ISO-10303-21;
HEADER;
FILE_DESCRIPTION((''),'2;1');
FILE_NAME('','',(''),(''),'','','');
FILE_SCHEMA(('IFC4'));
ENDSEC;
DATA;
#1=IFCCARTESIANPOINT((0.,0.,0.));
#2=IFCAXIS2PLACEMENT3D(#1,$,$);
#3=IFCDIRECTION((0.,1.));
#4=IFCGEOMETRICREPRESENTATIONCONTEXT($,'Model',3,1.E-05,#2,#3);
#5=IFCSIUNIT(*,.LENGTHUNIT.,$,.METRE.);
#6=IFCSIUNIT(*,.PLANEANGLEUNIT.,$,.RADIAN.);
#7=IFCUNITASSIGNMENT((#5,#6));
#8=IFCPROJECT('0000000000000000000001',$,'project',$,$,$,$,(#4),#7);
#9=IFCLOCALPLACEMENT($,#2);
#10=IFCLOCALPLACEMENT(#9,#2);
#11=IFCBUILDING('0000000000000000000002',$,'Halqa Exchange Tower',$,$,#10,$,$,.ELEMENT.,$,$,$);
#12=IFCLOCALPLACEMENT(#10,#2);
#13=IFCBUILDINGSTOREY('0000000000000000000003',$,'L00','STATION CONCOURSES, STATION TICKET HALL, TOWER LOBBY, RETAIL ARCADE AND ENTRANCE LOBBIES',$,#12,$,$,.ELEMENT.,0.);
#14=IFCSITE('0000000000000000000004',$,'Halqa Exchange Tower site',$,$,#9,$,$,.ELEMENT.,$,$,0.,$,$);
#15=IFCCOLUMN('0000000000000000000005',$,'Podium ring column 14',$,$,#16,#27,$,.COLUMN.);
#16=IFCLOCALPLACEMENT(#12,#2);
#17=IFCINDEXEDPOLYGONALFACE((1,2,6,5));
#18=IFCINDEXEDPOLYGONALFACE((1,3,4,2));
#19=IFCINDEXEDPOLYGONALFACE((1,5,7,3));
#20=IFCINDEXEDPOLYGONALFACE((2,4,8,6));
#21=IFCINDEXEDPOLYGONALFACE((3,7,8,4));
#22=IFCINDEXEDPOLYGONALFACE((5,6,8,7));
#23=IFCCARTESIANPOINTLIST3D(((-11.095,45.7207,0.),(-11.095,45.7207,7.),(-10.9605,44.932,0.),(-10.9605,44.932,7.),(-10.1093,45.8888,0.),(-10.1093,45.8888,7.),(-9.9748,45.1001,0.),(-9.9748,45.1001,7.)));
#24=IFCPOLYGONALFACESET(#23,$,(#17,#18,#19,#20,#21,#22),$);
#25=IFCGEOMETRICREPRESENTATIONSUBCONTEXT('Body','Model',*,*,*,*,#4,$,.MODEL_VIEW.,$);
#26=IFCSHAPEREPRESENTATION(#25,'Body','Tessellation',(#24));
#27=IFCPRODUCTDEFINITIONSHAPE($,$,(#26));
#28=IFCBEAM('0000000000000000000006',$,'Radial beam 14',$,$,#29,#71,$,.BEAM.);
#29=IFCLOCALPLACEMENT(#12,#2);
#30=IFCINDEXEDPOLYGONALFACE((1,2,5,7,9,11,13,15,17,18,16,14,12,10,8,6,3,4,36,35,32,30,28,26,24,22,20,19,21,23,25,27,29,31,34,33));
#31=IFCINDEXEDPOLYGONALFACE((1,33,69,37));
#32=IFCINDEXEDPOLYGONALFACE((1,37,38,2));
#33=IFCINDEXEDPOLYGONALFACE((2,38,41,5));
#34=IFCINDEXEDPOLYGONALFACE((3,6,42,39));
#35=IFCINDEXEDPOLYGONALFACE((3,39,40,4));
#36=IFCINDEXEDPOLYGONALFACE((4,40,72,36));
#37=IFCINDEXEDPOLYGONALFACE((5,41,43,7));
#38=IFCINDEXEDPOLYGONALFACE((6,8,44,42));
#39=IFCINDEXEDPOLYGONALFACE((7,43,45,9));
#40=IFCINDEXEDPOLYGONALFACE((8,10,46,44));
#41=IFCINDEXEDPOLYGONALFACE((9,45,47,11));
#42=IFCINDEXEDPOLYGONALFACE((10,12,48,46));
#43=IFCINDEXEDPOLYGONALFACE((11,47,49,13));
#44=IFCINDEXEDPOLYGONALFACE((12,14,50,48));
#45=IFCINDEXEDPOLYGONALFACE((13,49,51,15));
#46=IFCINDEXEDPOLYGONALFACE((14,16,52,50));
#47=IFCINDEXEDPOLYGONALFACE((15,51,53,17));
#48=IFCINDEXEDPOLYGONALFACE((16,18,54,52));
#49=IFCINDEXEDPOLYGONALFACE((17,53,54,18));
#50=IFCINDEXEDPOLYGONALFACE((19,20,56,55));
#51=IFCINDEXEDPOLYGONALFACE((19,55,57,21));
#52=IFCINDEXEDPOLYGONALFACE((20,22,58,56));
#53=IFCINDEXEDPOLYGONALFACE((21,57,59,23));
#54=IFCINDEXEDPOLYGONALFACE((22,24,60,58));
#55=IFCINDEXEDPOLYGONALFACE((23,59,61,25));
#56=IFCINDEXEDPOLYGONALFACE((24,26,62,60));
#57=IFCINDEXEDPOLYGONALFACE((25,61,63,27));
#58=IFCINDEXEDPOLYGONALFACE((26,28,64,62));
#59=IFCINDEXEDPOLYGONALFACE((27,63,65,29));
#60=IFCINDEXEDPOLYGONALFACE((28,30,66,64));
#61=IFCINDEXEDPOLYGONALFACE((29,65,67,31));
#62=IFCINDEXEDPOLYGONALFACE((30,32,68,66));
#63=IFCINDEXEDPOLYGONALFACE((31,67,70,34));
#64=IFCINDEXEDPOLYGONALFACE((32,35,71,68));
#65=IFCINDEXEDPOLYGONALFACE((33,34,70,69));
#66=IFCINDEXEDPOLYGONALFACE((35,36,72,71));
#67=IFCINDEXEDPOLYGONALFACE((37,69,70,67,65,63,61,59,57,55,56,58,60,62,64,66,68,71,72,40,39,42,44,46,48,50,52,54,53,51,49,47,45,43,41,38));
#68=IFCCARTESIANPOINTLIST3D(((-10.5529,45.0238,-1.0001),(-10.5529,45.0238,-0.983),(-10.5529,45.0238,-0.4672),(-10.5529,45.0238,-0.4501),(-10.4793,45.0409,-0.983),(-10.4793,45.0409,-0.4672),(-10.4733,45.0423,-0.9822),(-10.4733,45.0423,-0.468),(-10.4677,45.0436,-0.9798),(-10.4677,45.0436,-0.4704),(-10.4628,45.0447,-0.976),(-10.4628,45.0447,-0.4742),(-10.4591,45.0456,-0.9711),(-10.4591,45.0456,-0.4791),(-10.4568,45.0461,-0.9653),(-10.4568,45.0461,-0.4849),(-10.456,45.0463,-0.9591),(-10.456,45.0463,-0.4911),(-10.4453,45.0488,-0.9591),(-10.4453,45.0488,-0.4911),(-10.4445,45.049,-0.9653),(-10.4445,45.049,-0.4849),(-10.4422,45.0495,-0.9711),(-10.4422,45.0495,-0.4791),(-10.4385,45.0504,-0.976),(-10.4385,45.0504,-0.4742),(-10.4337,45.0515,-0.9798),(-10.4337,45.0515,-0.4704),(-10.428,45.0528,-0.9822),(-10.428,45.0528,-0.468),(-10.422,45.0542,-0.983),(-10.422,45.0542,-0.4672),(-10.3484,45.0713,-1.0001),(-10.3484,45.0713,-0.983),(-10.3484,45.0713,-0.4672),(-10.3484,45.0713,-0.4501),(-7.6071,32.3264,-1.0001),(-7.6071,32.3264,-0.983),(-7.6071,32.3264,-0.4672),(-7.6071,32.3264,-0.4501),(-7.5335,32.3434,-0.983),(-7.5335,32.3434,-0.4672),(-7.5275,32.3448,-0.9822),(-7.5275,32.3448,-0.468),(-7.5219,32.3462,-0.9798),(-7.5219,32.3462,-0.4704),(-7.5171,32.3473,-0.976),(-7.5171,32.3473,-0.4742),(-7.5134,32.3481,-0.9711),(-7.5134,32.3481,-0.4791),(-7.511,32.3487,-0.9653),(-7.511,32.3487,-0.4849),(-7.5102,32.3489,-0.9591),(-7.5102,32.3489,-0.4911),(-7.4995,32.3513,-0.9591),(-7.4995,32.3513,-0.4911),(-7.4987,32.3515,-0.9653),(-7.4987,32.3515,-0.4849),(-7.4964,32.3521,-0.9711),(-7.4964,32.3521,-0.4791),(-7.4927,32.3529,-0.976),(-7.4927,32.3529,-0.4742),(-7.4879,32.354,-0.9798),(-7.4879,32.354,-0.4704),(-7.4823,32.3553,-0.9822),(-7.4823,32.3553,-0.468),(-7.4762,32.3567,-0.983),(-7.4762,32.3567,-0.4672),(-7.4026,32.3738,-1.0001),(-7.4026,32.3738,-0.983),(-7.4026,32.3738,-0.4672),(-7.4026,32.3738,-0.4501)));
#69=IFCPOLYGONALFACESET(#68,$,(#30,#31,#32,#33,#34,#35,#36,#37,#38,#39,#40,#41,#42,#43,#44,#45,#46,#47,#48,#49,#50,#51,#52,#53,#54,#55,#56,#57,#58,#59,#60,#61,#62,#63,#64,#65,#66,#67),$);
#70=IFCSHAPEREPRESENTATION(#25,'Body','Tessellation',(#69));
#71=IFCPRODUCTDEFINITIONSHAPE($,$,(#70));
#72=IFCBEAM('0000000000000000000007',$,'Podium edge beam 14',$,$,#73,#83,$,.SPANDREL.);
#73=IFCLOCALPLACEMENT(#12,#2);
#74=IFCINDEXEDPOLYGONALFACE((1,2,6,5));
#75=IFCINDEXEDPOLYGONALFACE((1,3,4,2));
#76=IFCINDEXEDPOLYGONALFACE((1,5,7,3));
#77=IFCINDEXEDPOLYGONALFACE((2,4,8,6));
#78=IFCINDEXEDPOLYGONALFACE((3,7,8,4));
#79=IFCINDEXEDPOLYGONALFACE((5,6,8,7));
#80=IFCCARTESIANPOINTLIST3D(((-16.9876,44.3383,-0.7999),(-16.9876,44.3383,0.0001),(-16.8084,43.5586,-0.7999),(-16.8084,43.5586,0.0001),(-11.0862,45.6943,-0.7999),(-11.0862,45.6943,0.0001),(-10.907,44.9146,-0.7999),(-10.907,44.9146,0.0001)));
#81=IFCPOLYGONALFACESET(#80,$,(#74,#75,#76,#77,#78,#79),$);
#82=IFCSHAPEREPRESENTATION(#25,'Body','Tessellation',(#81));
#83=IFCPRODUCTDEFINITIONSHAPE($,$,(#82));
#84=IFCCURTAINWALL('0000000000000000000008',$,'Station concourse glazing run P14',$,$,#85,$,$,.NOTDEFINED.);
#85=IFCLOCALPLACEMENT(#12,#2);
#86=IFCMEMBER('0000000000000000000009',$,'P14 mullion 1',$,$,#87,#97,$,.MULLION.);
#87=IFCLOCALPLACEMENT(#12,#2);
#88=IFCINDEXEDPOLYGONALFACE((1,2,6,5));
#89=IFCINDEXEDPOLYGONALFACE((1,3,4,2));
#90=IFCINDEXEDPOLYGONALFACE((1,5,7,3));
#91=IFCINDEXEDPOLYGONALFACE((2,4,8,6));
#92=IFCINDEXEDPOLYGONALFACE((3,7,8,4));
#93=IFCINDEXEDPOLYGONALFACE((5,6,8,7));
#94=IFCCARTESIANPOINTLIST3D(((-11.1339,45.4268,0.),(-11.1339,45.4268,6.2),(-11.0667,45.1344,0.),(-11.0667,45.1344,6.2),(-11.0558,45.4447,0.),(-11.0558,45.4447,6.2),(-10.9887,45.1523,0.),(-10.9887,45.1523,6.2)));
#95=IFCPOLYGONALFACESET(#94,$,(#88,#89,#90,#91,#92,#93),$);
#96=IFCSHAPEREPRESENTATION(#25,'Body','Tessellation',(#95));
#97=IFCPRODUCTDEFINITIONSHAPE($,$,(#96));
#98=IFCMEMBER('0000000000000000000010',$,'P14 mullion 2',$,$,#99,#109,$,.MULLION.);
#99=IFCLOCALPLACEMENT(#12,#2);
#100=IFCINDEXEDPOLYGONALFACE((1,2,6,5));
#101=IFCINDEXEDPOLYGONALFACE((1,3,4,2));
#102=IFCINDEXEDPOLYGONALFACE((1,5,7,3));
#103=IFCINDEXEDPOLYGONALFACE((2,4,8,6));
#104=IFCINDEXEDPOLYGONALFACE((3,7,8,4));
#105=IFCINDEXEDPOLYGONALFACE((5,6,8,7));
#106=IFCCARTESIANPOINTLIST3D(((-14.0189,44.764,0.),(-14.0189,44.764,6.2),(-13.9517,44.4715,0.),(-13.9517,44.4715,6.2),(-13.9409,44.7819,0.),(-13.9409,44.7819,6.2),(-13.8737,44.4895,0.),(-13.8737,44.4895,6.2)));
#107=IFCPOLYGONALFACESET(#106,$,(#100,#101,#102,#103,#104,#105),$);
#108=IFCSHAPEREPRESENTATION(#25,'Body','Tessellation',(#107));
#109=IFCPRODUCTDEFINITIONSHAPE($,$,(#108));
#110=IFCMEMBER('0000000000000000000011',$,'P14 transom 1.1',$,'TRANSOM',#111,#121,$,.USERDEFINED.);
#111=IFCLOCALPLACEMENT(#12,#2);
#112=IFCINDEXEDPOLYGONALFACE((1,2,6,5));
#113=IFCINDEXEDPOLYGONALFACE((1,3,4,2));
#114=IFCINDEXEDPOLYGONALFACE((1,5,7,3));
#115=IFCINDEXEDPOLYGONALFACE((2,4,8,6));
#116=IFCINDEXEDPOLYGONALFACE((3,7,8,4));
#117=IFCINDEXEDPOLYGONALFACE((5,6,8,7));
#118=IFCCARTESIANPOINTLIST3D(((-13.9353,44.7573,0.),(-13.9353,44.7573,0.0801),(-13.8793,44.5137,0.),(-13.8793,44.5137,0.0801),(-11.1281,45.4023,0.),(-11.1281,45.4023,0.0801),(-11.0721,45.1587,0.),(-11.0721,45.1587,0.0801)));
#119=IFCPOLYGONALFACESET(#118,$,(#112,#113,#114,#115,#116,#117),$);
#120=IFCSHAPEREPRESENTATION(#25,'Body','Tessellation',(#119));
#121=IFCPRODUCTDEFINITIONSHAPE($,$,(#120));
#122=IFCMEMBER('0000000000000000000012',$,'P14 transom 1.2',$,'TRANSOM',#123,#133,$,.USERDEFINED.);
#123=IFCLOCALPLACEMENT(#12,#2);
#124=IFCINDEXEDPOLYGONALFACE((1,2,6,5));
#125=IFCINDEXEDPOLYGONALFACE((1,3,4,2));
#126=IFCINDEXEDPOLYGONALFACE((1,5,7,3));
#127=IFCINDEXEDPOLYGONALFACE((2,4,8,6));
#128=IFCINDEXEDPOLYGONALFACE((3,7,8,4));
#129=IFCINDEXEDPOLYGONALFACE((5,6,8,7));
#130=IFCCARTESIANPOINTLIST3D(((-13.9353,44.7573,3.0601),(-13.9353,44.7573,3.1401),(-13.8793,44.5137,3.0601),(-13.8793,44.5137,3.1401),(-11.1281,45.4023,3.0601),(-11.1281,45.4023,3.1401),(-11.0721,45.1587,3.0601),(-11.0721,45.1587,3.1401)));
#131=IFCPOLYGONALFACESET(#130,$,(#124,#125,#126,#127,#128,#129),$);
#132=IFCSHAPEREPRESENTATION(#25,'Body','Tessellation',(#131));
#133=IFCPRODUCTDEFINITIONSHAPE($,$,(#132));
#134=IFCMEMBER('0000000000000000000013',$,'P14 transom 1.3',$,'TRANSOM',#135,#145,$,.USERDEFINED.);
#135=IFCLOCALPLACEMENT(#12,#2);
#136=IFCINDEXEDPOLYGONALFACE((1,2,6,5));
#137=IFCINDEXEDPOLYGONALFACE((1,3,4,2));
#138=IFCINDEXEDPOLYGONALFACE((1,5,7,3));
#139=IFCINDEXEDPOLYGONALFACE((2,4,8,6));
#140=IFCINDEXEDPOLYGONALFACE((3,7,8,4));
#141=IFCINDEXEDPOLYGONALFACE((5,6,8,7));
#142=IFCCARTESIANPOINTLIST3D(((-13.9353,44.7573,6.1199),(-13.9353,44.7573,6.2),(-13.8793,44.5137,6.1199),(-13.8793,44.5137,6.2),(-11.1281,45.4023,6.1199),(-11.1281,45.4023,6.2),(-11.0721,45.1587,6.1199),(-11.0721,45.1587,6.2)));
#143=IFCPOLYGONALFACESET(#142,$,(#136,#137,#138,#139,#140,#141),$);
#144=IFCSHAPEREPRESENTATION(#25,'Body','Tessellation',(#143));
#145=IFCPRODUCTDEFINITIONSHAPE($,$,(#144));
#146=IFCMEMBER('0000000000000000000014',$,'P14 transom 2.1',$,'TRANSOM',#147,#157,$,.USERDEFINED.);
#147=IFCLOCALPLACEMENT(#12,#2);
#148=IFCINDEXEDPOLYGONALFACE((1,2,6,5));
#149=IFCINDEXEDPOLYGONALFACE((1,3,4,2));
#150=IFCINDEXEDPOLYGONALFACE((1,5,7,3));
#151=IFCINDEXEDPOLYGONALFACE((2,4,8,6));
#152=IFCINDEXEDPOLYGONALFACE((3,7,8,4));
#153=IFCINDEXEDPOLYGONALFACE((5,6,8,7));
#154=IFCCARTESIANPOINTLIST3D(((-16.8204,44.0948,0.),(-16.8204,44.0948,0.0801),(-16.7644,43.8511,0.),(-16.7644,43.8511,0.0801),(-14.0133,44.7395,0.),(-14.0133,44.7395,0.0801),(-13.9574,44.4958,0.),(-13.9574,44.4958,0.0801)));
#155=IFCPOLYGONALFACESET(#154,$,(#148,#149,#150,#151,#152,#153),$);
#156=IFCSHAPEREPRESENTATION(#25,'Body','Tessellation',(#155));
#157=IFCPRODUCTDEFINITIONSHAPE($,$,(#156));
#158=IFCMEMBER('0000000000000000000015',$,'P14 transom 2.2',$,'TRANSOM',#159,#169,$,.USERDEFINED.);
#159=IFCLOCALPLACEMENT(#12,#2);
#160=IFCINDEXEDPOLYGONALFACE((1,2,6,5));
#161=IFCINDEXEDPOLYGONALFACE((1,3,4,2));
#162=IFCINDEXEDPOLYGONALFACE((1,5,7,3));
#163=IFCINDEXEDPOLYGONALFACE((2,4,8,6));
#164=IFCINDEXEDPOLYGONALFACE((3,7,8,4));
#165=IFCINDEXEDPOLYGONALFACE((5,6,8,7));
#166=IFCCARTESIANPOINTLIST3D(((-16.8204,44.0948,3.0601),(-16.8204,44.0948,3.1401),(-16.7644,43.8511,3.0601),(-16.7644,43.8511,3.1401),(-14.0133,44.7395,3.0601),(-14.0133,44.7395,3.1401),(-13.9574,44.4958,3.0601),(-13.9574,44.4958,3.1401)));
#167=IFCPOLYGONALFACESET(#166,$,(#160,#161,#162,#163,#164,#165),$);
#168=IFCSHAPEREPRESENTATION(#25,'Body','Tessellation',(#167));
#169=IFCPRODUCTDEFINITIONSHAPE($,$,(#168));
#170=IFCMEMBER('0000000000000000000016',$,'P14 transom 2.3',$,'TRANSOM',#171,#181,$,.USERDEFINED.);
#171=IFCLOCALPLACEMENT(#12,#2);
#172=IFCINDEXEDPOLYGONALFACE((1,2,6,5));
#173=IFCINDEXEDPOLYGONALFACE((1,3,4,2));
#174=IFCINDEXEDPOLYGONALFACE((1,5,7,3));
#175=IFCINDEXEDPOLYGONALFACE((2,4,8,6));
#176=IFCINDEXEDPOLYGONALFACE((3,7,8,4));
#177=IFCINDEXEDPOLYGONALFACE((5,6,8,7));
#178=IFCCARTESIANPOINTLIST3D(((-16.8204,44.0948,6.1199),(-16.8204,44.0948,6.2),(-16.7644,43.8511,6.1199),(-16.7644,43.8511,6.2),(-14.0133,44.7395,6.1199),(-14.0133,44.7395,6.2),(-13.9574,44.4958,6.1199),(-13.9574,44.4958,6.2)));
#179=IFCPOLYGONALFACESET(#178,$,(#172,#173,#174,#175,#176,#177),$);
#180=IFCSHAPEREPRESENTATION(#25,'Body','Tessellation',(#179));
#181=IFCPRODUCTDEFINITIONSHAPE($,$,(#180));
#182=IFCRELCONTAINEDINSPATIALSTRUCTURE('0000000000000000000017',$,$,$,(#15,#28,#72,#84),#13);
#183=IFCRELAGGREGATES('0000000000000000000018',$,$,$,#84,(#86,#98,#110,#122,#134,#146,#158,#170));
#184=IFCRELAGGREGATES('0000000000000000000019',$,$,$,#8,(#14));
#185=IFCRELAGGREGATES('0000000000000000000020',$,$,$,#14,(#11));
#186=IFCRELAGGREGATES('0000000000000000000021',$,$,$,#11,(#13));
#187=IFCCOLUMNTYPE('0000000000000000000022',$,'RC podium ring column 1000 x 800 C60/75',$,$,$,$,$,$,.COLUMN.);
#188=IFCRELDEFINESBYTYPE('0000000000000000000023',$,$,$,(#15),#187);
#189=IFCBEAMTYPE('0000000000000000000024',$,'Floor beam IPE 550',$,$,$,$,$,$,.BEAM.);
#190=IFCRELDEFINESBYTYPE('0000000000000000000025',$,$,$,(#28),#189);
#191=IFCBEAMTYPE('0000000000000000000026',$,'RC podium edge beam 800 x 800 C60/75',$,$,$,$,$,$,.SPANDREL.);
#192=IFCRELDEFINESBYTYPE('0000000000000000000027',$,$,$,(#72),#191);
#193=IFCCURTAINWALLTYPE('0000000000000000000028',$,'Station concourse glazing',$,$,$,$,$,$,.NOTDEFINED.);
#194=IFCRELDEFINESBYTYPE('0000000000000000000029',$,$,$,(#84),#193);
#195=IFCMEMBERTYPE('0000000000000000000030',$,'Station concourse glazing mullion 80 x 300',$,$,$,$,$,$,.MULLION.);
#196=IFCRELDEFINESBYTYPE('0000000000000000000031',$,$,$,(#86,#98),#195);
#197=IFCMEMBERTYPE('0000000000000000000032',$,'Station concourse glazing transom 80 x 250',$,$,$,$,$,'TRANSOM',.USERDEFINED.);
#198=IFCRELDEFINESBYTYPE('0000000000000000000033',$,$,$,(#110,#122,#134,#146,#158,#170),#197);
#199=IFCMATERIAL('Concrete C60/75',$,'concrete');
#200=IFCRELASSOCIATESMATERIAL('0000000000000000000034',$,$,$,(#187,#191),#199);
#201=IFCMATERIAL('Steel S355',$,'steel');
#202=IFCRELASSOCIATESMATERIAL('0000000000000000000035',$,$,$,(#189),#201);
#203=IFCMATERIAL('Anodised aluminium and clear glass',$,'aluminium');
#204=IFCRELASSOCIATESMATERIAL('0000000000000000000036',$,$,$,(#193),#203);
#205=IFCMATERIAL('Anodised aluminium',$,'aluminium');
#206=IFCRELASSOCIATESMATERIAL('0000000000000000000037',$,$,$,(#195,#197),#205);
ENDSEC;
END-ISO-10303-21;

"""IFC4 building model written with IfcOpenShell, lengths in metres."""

from ifc_helpers import new_model, si_unit, direction, frame, origin, origin_2d, place, context, subcontext, project, spatial, rectangle, i_section, extrude, material, material_profile, profile_set, type_object, element, aggregate, save


model = new_model("IFC4")

# Units and contexts
model_context = context("Model", 3, precision=1e-05, world=origin(), true_north=direction((0.0, 1.0)))
body_context = subcontext(model_context, "Body", "Model", "MODEL_VIEW")
ifc_project = project(units=[si_unit("LENGTHUNIT", "METRE"), si_unit("PLANEANGLEUNIT", "RADIAN")], contexts=[model_context])

# Site, building, storey
site_placement = place(None, origin())
site = spatial("IfcSite", under=ifc_project, at=site_placement, Name="Halqa Exchange Tower site", CompositionType="ELEMENT", RefElevation=0.0)
building_placement = place(site_placement, origin())
building = spatial("IfcBuilding", under=site, at=building_placement, Name="Halqa Exchange Tower", CompositionType="ELEMENT")
storey_placement = place(building_placement, origin())
storey = spatial("IfcBuildingStorey", under=building, at=storey_placement, Name="L00", Description="STATION CONCOURSES, STATION TICKET HALL, TOWER LOBBY, RETAIL ARCADE AND ENTRANCE LOBBIES", CompositionType="ELEMENT", Elevation=0.0)

# Column
ifc_material_1 = material(Name="Concrete C60/75", Category="concrete")
ifc_material_profile_1 = material_profile(ifc_material_1, rectangle(XDim=1.0, YDim=0.8, at=origin_2d()), Name="1000 x 800")
ifc_profile_set_1 = profile_set([ifc_material_profile_1], Name="Concrete C60/75")
column_type = type_object("IfcColumnType", Name="RC podium ring column 1000 x 800 C60/75", PredefinedType="COLUMN", material=ifc_profile_set_1)
column_placement = place(storey_placement, frame((-10.5349, 45.4104, 0.0), z_axis=(0.0, 0.0, 1.0), x_axis=(-0.985766, -0.168121, 0.0)))
element("IfcColumn", 1, at=column_placement, inside=storey, type_object=column_type, Name="Podium ring column 14", PredefinedType="COLUMN", context=body_context, shape_type="SweptSolid", body=[
    extrude(rectangle(XDim=1.0, YDim=0.8, at=origin_2d()), origin(), (0.0, 0.0, 1.0), 7.0),
])

# Beams
ifc_material_2 = material(Name="Steel S355", Category="steel")
ifc_material_profile_2 = material_profile(ifc_material_2, i_section(OverallWidth=0.21, OverallDepth=0.55, WebThickness=0.011, FlangeThickness=0.0171, FilletRadius=0.0239, at=origin_2d()), Name="IPE 550")
ifc_profile_set_2 = profile_set([ifc_material_profile_2], Name="Steel S355")
beam_type_1 = type_object("IfcBeamType", Name="Floor beam IPE 550", PredefinedType="BEAM", material=ifc_profile_set_2)
beam_1_placement = place(storey_placement, frame((-7.5049, 32.3501, -0.7251), z_axis=(-0.225996, 0.974128, 0.0), x_axis=(-0.974128, -0.225996, 0.0)))
element("IfcBeam", 2, at=beam_1_placement, inside=storey, type_object=beam_type_1, Name="Radial beam 14", PredefinedType="BEAM", context=body_context, shape_type="SweptSolid", body=[
    extrude(i_section(OverallWidth=0.21, OverallDepth=0.55, WebThickness=0.011, FlangeThickness=0.0171, FilletRadius=0.0239, at=origin_2d()), origin(), (0.0, 0.0, 1.0), 13.0347),
])
ifc_material_profile_3 = material_profile(ifc_material_1, rectangle(XDim=0.8, YDim=0.8, at=origin_2d()), Name="800 x 800")
ifc_profile_set_3 = profile_set([ifc_material_profile_3], Name="Concrete C60/75")
beam_type_2 = type_object("IfcBeamType", Name="RC podium edge beam 800 x 800 C60/75", PredefinedType="SPANDREL", material=ifc_profile_set_3)
beam_2_placement = place(storey_placement, frame((-10.9966, 45.3044, -0.3999), z_axis=(-0.974604, -0.223935, 0.0), x_axis=(0.223935, -0.974604, 0.0)))
element("IfcBeam", 3, at=beam_2_placement, inside=storey, type_object=beam_type_2, Name="Podium edge beam 14", PredefinedType="SPANDREL", context=body_context, shape_type="SweptSolid", body=[
    extrude(rectangle(XDim=0.8, YDim=0.8, at=origin_2d()), origin(), (0.0, 0.0, 1.0), 6.0552),
])

# Curtain wall, members
ifc_material_3 = material(Name="Anodised aluminium and clear glass", Category="aluminium")
curtain_wall_type = type_object("IfcCurtainWallType", Name="Station concourse glazing", PredefinedType="NOTDEFINED", material=ifc_material_3)
curtain_wall_placement = place(storey_placement, origin())
curtain_wall = element("IfcCurtainWall", 4, at=curtain_wall_placement, inside=storey, type_object=curtain_wall_type, Name="Station concourse glazing run P14", PredefinedType="NOTDEFINED")
ifc_material_4 = material(Name="Anodised aluminium", Category="aluminium")
ifc_material_profile_4 = material_profile(ifc_material_4, rectangle(XDim=0.3, YDim=0.0801, at=origin_2d()), Name="AL 80x300")
ifc_profile_set_4 = profile_set([ifc_material_profile_4], Name="Anodised aluminium")
member_type_1 = type_object("IfcMemberType", Name="Station concourse glazing mullion 80 x 300", PredefinedType="MULLION", material=ifc_profile_set_4)
member_1_placement = place(storey_placement, frame((-11.0613, 45.2896, 0.0), z_axis=(0.0, 0.0, 1.0), x_axis=(0.223897, -0.974613, 0.0)))
member_1 = element("IfcMember", 5, at=member_1_placement, type_object=member_type_1, Name="P14 mullion 1", PredefinedType="MULLION", context=body_context, shape_type="SweptSolid", body=[
    extrude(rectangle(XDim=0.3, YDim=0.0801, at=origin_2d()), origin(), (0.0, 0.0, 1.0), 6.2),
])
member_2_placement = place(storey_placement, frame((-13.9463, 44.6267, 0.0), z_axis=(0.0, 0.0, 1.0), x_axis=(0.223897, -0.974613, 0.0)))
member_2 = element("IfcMember", 6, at=member_2_placement, type_object=member_type_1, Name="P14 mullion 2", PredefinedType="MULLION", context=body_context, shape_type="SweptSolid", body=[
    extrude(rectangle(XDim=0.3, YDim=0.0801, at=origin_2d()), origin(), (0.0, 0.0, 1.0), 6.2),
])
ifc_material_profile_5 = material_profile(ifc_material_4, rectangle(XDim=0.25, YDim=0.0801, at=origin_2d()), Name="AL 80x250")
ifc_profile_set_5 = profile_set([ifc_material_profile_5], Name="Anodised aluminium")
member_type_2 = type_object("IfcMemberType", Name="Station concourse glazing transom 80 x 250", ElementType="TRANSOM", PredefinedType="USERDEFINED", material=ifc_profile_set_5)
member_3_placement = place(storey_placement, frame((-11.1001, 45.2805, 0.04), z_axis=(-0.974602, -0.223943, 0.0), x_axis=(0.223943, -0.974602, 0.0)))
member_3 = element("IfcMember", 7, at=member_3_placement, type_object=member_type_2, Name="P14 transom 1.1", ObjectType="TRANSOM", PredefinedType="USERDEFINED", context=body_context, shape_type="SweptSolid", body=[
    extrude(rectangle(XDim=0.25, YDim=0.0801, at=origin_2d()), origin(), (0.0, 0.0, 1.0), 2.8804),
])
member_4_placement = place(storey_placement, frame((-11.1001, 45.2805, 3.1001), z_axis=(-0.974602, -0.223943, 0.0), x_axis=(0.223943, -0.974602, 0.0)))
member_4 = element("IfcMember", 8, at=member_4_placement, type_object=member_type_2, Name="P14 transom 1.2", ObjectType="TRANSOM", PredefinedType="USERDEFINED", context=body_context, shape_type="SweptSolid", body=[
    extrude(rectangle(XDim=0.25, YDim=0.0801, at=origin_2d()), origin(), (0.0, 0.0, 1.0), 2.8804),
])
member_5_placement = place(storey_placement, frame((-11.1001, 45.2805, 6.1599), z_axis=(-0.974602, -0.223943, 0.0), x_axis=(0.223943, -0.974602, 0.0)))
member_5 = element("IfcMember", 9, at=member_5_placement, type_object=member_type_2, Name="P14 transom 1.3", ObjectType="TRANSOM", PredefinedType="USERDEFINED", context=body_context, shape_type="SweptSolid", body=[
    extrude(rectangle(XDim=0.25, YDim=0.0801, at=origin_2d()), origin(), (0.0, 0.0, 1.0), 2.8804),
])
member_6_placement = place(storey_placement, frame((-13.9854, 44.6177, 0.04), z_axis=(-0.974621, -0.223863, 0.0), x_axis=(0.223863, -0.974621, 0.0)))
member_6 = element("IfcMember", 10, at=member_6_placement, type_object=member_type_2, Name="P14 transom 2.1", ObjectType="TRANSOM", PredefinedType="USERDEFINED", context=body_context, shape_type="SweptSolid", body=[
    extrude(rectangle(XDim=0.25, YDim=0.0801, at=origin_2d()), origin(), (0.0, 0.0, 1.0), 2.8801),
])
member_7_placement = place(storey_placement, frame((-13.9854, 44.6177, 3.1001), z_axis=(-0.974621, -0.223863, 0.0), x_axis=(0.223863, -0.974621, 0.0)))
member_7 = element("IfcMember", 11, at=member_7_placement, type_object=member_type_2, Name="P14 transom 2.2", ObjectType="TRANSOM", PredefinedType="USERDEFINED", context=body_context, shape_type="SweptSolid", body=[
    extrude(rectangle(XDim=0.25, YDim=0.0801, at=origin_2d()), origin(), (0.0, 0.0, 1.0), 2.8801),
])
member_8_placement = place(storey_placement, frame((-13.9854, 44.6177, 6.1599), z_axis=(-0.974621, -0.223863, 0.0), x_axis=(0.223863, -0.974621, 0.0)))
member_8 = element("IfcMember", 12, at=member_8_placement, type_object=member_type_2, Name="P14 transom 2.3", ObjectType="TRANSOM", PredefinedType="USERDEFINED", context=body_context, shape_type="SweptSolid", body=[
    extrude(rectangle(XDim=0.25, YDim=0.0801, at=origin_2d()), origin(), (0.0, 0.0, 1.0), 2.8801),
])
aggregate(curtain_wall, [member_1, member_2, member_3, member_4, member_5, member_6, member_7, member_8])

save(model, "model.ifc")
